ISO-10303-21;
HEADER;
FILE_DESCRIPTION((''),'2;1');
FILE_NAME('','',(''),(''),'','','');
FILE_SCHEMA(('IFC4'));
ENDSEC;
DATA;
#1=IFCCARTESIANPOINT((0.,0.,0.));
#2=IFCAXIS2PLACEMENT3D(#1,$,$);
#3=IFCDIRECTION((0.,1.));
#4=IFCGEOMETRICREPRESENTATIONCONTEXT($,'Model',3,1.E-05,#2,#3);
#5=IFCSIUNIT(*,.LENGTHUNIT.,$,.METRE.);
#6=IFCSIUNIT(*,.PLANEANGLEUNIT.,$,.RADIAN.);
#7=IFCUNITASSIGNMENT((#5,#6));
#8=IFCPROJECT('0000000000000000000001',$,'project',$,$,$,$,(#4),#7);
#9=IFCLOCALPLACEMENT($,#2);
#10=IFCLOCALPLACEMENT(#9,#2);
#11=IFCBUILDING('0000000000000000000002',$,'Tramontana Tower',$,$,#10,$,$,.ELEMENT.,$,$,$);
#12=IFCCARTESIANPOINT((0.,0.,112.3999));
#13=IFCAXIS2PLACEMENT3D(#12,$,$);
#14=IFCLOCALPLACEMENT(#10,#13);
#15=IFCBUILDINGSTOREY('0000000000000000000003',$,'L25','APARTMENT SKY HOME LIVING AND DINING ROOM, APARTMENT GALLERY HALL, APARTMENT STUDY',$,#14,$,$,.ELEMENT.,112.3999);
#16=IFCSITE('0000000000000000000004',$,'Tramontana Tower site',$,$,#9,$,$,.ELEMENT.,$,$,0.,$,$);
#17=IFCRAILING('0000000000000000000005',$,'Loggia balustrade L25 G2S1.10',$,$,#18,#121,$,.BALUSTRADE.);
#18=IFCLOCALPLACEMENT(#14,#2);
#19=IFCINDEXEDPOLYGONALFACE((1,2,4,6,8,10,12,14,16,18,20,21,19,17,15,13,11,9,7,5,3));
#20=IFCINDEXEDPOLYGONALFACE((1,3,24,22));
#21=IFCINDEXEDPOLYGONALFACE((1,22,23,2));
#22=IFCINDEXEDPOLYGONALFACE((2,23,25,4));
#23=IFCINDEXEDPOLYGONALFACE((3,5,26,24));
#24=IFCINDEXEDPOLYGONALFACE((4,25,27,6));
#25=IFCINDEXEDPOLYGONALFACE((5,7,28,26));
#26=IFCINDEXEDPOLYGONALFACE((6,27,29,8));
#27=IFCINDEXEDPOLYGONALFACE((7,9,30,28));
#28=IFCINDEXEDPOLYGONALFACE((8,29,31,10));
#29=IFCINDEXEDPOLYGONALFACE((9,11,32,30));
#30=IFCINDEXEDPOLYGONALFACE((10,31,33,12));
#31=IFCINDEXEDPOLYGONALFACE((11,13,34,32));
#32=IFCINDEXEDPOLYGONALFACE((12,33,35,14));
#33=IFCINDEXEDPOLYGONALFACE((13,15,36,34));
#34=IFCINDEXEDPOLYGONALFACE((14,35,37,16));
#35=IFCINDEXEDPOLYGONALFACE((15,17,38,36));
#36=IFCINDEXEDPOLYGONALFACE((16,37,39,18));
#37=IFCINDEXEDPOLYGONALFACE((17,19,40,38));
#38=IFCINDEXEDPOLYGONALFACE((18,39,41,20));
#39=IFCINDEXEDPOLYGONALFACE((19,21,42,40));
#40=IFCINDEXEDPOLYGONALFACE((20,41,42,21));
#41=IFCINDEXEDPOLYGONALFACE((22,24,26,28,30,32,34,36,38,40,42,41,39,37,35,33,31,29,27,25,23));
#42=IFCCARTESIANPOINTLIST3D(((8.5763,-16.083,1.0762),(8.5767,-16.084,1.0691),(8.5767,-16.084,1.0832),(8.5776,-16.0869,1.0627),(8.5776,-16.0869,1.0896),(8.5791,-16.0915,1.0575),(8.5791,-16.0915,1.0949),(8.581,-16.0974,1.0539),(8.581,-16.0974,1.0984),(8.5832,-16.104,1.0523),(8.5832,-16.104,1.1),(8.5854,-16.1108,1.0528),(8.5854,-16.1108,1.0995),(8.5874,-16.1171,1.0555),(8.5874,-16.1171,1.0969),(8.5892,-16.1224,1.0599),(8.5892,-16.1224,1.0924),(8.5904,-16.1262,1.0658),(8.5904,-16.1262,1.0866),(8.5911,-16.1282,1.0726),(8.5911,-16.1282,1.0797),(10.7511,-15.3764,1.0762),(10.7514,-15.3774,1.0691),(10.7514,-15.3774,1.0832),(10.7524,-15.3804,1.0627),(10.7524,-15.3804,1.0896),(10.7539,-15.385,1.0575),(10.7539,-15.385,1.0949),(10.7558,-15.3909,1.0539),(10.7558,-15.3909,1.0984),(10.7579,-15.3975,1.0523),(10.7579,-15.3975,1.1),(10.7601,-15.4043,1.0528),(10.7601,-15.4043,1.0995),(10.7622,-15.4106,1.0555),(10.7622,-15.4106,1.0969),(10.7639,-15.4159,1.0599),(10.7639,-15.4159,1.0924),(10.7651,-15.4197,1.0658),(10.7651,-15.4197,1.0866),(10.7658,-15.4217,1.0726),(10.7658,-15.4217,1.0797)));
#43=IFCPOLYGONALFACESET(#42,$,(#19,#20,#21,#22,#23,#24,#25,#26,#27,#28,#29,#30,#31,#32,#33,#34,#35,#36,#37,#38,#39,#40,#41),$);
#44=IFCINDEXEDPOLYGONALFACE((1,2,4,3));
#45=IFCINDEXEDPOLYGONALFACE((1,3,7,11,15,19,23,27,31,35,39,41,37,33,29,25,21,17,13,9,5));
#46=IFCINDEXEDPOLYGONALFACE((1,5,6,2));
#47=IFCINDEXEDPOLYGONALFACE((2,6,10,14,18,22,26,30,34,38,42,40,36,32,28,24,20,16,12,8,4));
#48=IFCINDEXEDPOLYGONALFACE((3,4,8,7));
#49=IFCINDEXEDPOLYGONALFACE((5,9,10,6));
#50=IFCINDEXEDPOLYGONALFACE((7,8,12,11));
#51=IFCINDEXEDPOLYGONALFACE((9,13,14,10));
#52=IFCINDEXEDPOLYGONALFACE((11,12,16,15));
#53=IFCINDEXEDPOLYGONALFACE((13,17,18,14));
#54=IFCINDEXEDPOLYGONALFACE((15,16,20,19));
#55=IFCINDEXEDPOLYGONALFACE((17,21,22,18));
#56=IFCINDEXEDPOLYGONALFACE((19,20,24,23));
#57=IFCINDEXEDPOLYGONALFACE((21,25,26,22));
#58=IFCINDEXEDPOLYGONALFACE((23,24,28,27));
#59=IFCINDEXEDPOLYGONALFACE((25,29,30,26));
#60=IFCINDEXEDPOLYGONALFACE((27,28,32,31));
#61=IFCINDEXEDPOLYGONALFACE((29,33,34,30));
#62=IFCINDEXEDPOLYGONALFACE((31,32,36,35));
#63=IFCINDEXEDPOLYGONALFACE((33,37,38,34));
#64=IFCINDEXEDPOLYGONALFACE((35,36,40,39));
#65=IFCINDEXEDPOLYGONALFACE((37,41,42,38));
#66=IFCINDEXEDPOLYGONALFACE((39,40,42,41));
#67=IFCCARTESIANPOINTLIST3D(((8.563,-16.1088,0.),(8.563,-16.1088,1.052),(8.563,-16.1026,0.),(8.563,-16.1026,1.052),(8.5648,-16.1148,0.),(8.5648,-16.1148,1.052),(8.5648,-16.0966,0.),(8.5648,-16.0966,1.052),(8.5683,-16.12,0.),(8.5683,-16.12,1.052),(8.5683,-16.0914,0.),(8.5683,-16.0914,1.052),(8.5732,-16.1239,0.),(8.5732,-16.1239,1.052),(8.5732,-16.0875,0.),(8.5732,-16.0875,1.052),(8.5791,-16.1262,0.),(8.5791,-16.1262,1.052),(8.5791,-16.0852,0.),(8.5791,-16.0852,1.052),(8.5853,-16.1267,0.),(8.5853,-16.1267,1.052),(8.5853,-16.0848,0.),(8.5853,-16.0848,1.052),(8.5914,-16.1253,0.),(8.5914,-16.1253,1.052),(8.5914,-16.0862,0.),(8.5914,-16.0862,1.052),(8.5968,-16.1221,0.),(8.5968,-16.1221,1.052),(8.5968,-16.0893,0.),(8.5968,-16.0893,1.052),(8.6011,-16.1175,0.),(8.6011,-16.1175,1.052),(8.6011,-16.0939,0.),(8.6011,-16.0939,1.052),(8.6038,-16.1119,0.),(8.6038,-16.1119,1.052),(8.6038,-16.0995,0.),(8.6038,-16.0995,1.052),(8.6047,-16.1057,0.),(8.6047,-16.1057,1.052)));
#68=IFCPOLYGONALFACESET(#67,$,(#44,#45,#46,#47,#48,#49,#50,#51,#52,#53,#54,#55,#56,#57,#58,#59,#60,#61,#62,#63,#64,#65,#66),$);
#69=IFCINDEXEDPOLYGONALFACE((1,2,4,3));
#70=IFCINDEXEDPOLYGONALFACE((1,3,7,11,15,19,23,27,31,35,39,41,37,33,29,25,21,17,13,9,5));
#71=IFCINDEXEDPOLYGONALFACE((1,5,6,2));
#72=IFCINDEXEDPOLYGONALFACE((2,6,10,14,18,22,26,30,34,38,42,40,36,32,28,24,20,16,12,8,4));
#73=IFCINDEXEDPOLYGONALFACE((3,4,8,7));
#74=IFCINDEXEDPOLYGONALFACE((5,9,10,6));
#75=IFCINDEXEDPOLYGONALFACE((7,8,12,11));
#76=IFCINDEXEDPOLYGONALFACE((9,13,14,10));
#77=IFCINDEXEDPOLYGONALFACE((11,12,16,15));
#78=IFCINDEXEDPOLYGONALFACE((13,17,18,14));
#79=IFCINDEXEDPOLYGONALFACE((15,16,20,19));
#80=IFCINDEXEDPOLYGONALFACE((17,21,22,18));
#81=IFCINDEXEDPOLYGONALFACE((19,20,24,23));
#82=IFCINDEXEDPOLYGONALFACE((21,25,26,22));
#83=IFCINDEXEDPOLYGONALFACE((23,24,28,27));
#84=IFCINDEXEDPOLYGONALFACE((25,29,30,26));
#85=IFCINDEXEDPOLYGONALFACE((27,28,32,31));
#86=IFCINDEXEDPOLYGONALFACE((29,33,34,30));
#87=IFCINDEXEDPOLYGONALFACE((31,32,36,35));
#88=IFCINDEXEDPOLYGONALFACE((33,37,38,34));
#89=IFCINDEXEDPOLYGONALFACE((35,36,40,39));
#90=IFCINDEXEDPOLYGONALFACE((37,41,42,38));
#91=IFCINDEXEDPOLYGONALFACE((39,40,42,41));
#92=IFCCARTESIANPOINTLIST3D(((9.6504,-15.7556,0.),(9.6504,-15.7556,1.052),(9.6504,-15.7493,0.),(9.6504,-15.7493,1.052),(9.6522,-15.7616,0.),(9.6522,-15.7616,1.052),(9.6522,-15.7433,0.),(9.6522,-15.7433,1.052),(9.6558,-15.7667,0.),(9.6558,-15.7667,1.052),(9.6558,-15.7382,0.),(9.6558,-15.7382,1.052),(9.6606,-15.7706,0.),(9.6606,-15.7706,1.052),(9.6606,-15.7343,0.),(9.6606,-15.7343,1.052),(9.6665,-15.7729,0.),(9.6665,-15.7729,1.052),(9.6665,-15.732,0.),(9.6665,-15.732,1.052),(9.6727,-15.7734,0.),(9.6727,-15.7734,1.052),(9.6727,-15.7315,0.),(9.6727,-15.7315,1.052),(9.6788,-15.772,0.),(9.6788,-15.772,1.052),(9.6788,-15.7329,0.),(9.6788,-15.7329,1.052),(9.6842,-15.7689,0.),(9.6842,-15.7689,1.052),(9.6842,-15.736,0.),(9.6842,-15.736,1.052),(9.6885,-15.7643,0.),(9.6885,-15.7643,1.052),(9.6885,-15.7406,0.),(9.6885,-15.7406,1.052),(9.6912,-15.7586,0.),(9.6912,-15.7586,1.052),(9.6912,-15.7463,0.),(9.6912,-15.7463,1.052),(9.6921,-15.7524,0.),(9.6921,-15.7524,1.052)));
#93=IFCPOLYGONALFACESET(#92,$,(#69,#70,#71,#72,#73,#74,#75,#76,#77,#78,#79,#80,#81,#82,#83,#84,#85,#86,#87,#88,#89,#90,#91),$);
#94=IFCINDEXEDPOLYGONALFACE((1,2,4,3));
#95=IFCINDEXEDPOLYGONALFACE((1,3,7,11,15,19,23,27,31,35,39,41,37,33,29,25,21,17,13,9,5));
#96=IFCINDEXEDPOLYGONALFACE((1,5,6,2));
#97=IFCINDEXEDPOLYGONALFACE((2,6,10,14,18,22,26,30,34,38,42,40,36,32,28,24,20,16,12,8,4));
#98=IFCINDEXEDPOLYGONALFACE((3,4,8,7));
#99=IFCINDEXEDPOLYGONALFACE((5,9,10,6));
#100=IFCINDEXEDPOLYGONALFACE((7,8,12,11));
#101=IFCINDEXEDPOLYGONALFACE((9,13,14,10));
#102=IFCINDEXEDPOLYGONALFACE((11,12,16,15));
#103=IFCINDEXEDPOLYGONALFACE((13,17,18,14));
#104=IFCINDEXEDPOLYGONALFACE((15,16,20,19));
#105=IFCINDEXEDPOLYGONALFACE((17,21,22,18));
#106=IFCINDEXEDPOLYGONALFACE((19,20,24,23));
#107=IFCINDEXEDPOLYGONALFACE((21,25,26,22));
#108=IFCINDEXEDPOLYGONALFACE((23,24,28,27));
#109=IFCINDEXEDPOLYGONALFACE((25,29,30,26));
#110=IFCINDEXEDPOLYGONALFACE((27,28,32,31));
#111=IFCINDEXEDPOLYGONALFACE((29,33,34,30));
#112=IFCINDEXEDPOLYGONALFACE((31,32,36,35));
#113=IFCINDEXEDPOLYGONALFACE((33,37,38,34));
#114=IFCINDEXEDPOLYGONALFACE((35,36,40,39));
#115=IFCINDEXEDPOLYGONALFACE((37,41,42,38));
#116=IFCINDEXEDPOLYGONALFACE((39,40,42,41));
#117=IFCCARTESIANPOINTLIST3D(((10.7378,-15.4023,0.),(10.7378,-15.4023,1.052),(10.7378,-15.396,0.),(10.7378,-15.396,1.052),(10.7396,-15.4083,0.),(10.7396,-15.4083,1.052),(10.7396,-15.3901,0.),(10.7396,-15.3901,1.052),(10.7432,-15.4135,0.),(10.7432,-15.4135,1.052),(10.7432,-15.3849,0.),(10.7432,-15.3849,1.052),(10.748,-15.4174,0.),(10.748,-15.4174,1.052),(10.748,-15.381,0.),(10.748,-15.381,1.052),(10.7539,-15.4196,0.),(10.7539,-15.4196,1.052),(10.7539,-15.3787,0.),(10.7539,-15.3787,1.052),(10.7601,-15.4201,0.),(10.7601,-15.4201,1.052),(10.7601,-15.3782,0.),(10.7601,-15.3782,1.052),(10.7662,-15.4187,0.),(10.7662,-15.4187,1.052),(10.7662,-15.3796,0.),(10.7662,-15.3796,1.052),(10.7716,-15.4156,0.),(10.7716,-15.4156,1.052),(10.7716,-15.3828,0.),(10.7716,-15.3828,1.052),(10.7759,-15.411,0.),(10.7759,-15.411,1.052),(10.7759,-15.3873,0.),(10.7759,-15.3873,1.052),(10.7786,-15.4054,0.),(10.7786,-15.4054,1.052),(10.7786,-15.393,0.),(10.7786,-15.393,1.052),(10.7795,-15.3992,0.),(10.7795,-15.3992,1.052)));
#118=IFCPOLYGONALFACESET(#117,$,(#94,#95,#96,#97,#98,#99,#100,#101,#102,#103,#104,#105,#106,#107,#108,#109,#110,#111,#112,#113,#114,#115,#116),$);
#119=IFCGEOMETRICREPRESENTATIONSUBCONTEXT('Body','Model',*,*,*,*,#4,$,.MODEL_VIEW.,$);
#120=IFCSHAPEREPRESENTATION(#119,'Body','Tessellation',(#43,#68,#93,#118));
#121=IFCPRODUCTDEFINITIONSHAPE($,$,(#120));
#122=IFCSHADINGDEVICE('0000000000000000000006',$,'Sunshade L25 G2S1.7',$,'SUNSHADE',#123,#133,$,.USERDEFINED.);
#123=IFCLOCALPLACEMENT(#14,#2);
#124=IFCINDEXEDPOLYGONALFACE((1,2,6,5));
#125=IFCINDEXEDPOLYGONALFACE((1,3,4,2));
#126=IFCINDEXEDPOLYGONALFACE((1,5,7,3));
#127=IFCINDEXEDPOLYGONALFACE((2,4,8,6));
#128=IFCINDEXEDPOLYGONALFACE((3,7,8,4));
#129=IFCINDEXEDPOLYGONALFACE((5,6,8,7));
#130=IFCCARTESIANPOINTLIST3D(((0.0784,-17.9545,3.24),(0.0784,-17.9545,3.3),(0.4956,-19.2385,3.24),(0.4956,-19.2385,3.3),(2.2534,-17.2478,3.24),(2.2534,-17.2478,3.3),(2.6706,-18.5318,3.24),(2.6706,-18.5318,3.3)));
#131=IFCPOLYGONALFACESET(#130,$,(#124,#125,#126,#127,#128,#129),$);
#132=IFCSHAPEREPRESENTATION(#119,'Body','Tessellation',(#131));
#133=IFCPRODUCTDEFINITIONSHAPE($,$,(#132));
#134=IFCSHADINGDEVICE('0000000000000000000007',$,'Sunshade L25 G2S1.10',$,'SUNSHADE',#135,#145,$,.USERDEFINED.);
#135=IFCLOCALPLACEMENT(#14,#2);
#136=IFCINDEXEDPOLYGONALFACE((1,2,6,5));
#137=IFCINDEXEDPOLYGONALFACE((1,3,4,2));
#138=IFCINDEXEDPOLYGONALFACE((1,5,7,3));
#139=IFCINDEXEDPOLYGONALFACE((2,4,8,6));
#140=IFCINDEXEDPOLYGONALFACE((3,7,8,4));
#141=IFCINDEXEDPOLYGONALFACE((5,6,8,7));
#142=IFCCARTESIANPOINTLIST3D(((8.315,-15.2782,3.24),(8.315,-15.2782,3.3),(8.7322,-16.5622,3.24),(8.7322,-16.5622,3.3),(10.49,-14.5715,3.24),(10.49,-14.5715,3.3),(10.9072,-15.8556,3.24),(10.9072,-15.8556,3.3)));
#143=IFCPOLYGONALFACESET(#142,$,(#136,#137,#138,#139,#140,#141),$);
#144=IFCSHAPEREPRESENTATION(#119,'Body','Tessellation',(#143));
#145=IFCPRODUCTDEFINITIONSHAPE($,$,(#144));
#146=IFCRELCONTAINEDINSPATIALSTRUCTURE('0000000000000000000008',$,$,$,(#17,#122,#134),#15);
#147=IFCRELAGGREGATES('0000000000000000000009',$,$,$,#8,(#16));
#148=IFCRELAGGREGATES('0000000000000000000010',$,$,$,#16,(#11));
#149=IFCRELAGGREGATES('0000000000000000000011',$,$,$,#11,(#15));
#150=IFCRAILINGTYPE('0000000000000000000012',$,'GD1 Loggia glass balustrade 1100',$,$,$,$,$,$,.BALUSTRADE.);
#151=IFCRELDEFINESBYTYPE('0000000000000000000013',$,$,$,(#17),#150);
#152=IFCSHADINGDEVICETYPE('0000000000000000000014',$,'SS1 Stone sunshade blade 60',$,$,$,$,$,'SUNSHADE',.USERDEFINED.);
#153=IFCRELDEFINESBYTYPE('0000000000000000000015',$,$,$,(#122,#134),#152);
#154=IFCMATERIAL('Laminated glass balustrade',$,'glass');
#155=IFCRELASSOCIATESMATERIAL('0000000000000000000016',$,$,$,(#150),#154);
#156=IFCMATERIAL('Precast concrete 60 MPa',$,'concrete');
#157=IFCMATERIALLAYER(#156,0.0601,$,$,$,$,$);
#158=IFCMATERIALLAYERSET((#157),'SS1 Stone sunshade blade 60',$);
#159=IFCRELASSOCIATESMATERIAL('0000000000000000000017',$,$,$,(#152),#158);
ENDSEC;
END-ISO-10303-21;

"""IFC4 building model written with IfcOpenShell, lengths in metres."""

from ifc_helpers import new_model, si_unit, direction, frame, origin, origin_2d, place, context, subcontext, project, spatial, rectangle, circle, extrude, material, layer, layer_set, type_object, element, save


model = new_model("IFC4")

# Units and contexts
model_context = context("Model", 3, precision=1e-05, world=origin(), true_north=direction((0.0, 1.0)))
body_context = subcontext(model_context, "Body", "Model", "MODEL_VIEW")
ifc_project = project(units=[si_unit("LENGTHUNIT", "METRE"), si_unit("PLANEANGLEUNIT", "RADIAN")], contexts=[model_context])

# Site, building, storey
site_placement = place(None, origin())
site = spatial("IfcSite", under=ifc_project, at=site_placement, Name="Tramontana Tower site", CompositionType="ELEMENT", RefElevation=0.0)
building_placement = place(site_placement, origin())
building = spatial("IfcBuilding", under=site, at=building_placement, Name="Tramontana Tower", CompositionType="ELEMENT")
storey_placement = place(building_placement, frame((0.0, 0.0, 112.3999)))
storey = spatial("IfcBuildingStorey", under=building, at=storey_placement, Name="L25", Description="APARTMENT SKY HOME LIVING AND DINING ROOM, APARTMENT GALLERY HALL, APARTMENT STUDY", CompositionType="ELEMENT", Elevation=112.3999)

# Railing
ifc_material_1 = material(Name="Laminated glass balustrade", Category="glass")
railing_type = type_object("IfcRailingType", Name="GD1 Loggia glass balustrade 1100", PredefinedType="BALUSTRADE", material=ifc_material_1)
railing_1_placement = place(storey_placement, frame((8.5837, -16.1057, 0.0)))
element("IfcRailing", 1, at=railing_1_placement, inside=storey, type_object=railing_type, Name="Loggia balustrade L25 G2S1.10", PredefinedType="BALUSTRADE", context=body_context, shape_type="SweptSolid", body=[
    extrude(circle(Radius=0.0239, at=origin_2d()), frame((0.0, 0.0, 1.0762), z_axis=(0.951069, 0.30898, 0.0), x_axis=(-0.30898, 0.951069, 0.0)), (0.0, 0.0, 1.0), 2.2866),
    extrude(circle(Radius=0.021, at=origin_2d()), origin(), (0.0, 0.0, 1.0), 1.052),
    extrude(circle(Radius=0.021, at=origin_2d()), frame((1.0874, 0.3533, 0.0)), (0.0, 0.0, 1.0), 1.052),
    extrude(circle(Radius=0.021, at=origin_2d()), frame((2.1748, 0.7065, 0.0)), (0.0, 0.0, 1.0), 1.052),
])

# Shading devices
ifc_material_2 = material(Name="Precast concrete 60 MPa", Category="concrete")
ifc_layer_1 = layer(ifc_material_2, 0.0601)
ifc_layer_set_1 = layer_set([ifc_layer_1], Name="SS1 Stone sunshade blade 60")
shading_device_type = type_object("IfcShadingDeviceType", Name="SS1 Stone sunshade blade 60", ElementType="SUNSHADE", PredefinedType="USERDEFINED", material=ifc_layer_set_1)
for number, where, z_axis, x_axis, name in (
    (2, (1.3745, -18.2432, 3.24), (0.0, 0.0, 1.0), (0.951057, 0.309017, 0.0), "Sunshade L25 G2S1.7"),
    (3, (9.6111, -15.5669, 3.24), (0.0, 0.0, 1.0), (0.951057, 0.309017, 0.0), "Sunshade L25 G2S1.10"),
):
    element("IfcShadingDevice", number, at=place(storey_placement, frame(where, z_axis=z_axis, x_axis=x_axis)), inside=storey, type_object=shading_device_type, Name=name, ObjectType="SUNSHADE", PredefinedType="USERDEFINED", context=body_context, shape_type="SweptSolid", body=[
        extrude(rectangle(XDim=2.2869, YDim=1.3501, at=origin_2d()), origin(), (0.0, 0.0, 1.0), 0.0601),
    ])

save(model, "model.ifc")
